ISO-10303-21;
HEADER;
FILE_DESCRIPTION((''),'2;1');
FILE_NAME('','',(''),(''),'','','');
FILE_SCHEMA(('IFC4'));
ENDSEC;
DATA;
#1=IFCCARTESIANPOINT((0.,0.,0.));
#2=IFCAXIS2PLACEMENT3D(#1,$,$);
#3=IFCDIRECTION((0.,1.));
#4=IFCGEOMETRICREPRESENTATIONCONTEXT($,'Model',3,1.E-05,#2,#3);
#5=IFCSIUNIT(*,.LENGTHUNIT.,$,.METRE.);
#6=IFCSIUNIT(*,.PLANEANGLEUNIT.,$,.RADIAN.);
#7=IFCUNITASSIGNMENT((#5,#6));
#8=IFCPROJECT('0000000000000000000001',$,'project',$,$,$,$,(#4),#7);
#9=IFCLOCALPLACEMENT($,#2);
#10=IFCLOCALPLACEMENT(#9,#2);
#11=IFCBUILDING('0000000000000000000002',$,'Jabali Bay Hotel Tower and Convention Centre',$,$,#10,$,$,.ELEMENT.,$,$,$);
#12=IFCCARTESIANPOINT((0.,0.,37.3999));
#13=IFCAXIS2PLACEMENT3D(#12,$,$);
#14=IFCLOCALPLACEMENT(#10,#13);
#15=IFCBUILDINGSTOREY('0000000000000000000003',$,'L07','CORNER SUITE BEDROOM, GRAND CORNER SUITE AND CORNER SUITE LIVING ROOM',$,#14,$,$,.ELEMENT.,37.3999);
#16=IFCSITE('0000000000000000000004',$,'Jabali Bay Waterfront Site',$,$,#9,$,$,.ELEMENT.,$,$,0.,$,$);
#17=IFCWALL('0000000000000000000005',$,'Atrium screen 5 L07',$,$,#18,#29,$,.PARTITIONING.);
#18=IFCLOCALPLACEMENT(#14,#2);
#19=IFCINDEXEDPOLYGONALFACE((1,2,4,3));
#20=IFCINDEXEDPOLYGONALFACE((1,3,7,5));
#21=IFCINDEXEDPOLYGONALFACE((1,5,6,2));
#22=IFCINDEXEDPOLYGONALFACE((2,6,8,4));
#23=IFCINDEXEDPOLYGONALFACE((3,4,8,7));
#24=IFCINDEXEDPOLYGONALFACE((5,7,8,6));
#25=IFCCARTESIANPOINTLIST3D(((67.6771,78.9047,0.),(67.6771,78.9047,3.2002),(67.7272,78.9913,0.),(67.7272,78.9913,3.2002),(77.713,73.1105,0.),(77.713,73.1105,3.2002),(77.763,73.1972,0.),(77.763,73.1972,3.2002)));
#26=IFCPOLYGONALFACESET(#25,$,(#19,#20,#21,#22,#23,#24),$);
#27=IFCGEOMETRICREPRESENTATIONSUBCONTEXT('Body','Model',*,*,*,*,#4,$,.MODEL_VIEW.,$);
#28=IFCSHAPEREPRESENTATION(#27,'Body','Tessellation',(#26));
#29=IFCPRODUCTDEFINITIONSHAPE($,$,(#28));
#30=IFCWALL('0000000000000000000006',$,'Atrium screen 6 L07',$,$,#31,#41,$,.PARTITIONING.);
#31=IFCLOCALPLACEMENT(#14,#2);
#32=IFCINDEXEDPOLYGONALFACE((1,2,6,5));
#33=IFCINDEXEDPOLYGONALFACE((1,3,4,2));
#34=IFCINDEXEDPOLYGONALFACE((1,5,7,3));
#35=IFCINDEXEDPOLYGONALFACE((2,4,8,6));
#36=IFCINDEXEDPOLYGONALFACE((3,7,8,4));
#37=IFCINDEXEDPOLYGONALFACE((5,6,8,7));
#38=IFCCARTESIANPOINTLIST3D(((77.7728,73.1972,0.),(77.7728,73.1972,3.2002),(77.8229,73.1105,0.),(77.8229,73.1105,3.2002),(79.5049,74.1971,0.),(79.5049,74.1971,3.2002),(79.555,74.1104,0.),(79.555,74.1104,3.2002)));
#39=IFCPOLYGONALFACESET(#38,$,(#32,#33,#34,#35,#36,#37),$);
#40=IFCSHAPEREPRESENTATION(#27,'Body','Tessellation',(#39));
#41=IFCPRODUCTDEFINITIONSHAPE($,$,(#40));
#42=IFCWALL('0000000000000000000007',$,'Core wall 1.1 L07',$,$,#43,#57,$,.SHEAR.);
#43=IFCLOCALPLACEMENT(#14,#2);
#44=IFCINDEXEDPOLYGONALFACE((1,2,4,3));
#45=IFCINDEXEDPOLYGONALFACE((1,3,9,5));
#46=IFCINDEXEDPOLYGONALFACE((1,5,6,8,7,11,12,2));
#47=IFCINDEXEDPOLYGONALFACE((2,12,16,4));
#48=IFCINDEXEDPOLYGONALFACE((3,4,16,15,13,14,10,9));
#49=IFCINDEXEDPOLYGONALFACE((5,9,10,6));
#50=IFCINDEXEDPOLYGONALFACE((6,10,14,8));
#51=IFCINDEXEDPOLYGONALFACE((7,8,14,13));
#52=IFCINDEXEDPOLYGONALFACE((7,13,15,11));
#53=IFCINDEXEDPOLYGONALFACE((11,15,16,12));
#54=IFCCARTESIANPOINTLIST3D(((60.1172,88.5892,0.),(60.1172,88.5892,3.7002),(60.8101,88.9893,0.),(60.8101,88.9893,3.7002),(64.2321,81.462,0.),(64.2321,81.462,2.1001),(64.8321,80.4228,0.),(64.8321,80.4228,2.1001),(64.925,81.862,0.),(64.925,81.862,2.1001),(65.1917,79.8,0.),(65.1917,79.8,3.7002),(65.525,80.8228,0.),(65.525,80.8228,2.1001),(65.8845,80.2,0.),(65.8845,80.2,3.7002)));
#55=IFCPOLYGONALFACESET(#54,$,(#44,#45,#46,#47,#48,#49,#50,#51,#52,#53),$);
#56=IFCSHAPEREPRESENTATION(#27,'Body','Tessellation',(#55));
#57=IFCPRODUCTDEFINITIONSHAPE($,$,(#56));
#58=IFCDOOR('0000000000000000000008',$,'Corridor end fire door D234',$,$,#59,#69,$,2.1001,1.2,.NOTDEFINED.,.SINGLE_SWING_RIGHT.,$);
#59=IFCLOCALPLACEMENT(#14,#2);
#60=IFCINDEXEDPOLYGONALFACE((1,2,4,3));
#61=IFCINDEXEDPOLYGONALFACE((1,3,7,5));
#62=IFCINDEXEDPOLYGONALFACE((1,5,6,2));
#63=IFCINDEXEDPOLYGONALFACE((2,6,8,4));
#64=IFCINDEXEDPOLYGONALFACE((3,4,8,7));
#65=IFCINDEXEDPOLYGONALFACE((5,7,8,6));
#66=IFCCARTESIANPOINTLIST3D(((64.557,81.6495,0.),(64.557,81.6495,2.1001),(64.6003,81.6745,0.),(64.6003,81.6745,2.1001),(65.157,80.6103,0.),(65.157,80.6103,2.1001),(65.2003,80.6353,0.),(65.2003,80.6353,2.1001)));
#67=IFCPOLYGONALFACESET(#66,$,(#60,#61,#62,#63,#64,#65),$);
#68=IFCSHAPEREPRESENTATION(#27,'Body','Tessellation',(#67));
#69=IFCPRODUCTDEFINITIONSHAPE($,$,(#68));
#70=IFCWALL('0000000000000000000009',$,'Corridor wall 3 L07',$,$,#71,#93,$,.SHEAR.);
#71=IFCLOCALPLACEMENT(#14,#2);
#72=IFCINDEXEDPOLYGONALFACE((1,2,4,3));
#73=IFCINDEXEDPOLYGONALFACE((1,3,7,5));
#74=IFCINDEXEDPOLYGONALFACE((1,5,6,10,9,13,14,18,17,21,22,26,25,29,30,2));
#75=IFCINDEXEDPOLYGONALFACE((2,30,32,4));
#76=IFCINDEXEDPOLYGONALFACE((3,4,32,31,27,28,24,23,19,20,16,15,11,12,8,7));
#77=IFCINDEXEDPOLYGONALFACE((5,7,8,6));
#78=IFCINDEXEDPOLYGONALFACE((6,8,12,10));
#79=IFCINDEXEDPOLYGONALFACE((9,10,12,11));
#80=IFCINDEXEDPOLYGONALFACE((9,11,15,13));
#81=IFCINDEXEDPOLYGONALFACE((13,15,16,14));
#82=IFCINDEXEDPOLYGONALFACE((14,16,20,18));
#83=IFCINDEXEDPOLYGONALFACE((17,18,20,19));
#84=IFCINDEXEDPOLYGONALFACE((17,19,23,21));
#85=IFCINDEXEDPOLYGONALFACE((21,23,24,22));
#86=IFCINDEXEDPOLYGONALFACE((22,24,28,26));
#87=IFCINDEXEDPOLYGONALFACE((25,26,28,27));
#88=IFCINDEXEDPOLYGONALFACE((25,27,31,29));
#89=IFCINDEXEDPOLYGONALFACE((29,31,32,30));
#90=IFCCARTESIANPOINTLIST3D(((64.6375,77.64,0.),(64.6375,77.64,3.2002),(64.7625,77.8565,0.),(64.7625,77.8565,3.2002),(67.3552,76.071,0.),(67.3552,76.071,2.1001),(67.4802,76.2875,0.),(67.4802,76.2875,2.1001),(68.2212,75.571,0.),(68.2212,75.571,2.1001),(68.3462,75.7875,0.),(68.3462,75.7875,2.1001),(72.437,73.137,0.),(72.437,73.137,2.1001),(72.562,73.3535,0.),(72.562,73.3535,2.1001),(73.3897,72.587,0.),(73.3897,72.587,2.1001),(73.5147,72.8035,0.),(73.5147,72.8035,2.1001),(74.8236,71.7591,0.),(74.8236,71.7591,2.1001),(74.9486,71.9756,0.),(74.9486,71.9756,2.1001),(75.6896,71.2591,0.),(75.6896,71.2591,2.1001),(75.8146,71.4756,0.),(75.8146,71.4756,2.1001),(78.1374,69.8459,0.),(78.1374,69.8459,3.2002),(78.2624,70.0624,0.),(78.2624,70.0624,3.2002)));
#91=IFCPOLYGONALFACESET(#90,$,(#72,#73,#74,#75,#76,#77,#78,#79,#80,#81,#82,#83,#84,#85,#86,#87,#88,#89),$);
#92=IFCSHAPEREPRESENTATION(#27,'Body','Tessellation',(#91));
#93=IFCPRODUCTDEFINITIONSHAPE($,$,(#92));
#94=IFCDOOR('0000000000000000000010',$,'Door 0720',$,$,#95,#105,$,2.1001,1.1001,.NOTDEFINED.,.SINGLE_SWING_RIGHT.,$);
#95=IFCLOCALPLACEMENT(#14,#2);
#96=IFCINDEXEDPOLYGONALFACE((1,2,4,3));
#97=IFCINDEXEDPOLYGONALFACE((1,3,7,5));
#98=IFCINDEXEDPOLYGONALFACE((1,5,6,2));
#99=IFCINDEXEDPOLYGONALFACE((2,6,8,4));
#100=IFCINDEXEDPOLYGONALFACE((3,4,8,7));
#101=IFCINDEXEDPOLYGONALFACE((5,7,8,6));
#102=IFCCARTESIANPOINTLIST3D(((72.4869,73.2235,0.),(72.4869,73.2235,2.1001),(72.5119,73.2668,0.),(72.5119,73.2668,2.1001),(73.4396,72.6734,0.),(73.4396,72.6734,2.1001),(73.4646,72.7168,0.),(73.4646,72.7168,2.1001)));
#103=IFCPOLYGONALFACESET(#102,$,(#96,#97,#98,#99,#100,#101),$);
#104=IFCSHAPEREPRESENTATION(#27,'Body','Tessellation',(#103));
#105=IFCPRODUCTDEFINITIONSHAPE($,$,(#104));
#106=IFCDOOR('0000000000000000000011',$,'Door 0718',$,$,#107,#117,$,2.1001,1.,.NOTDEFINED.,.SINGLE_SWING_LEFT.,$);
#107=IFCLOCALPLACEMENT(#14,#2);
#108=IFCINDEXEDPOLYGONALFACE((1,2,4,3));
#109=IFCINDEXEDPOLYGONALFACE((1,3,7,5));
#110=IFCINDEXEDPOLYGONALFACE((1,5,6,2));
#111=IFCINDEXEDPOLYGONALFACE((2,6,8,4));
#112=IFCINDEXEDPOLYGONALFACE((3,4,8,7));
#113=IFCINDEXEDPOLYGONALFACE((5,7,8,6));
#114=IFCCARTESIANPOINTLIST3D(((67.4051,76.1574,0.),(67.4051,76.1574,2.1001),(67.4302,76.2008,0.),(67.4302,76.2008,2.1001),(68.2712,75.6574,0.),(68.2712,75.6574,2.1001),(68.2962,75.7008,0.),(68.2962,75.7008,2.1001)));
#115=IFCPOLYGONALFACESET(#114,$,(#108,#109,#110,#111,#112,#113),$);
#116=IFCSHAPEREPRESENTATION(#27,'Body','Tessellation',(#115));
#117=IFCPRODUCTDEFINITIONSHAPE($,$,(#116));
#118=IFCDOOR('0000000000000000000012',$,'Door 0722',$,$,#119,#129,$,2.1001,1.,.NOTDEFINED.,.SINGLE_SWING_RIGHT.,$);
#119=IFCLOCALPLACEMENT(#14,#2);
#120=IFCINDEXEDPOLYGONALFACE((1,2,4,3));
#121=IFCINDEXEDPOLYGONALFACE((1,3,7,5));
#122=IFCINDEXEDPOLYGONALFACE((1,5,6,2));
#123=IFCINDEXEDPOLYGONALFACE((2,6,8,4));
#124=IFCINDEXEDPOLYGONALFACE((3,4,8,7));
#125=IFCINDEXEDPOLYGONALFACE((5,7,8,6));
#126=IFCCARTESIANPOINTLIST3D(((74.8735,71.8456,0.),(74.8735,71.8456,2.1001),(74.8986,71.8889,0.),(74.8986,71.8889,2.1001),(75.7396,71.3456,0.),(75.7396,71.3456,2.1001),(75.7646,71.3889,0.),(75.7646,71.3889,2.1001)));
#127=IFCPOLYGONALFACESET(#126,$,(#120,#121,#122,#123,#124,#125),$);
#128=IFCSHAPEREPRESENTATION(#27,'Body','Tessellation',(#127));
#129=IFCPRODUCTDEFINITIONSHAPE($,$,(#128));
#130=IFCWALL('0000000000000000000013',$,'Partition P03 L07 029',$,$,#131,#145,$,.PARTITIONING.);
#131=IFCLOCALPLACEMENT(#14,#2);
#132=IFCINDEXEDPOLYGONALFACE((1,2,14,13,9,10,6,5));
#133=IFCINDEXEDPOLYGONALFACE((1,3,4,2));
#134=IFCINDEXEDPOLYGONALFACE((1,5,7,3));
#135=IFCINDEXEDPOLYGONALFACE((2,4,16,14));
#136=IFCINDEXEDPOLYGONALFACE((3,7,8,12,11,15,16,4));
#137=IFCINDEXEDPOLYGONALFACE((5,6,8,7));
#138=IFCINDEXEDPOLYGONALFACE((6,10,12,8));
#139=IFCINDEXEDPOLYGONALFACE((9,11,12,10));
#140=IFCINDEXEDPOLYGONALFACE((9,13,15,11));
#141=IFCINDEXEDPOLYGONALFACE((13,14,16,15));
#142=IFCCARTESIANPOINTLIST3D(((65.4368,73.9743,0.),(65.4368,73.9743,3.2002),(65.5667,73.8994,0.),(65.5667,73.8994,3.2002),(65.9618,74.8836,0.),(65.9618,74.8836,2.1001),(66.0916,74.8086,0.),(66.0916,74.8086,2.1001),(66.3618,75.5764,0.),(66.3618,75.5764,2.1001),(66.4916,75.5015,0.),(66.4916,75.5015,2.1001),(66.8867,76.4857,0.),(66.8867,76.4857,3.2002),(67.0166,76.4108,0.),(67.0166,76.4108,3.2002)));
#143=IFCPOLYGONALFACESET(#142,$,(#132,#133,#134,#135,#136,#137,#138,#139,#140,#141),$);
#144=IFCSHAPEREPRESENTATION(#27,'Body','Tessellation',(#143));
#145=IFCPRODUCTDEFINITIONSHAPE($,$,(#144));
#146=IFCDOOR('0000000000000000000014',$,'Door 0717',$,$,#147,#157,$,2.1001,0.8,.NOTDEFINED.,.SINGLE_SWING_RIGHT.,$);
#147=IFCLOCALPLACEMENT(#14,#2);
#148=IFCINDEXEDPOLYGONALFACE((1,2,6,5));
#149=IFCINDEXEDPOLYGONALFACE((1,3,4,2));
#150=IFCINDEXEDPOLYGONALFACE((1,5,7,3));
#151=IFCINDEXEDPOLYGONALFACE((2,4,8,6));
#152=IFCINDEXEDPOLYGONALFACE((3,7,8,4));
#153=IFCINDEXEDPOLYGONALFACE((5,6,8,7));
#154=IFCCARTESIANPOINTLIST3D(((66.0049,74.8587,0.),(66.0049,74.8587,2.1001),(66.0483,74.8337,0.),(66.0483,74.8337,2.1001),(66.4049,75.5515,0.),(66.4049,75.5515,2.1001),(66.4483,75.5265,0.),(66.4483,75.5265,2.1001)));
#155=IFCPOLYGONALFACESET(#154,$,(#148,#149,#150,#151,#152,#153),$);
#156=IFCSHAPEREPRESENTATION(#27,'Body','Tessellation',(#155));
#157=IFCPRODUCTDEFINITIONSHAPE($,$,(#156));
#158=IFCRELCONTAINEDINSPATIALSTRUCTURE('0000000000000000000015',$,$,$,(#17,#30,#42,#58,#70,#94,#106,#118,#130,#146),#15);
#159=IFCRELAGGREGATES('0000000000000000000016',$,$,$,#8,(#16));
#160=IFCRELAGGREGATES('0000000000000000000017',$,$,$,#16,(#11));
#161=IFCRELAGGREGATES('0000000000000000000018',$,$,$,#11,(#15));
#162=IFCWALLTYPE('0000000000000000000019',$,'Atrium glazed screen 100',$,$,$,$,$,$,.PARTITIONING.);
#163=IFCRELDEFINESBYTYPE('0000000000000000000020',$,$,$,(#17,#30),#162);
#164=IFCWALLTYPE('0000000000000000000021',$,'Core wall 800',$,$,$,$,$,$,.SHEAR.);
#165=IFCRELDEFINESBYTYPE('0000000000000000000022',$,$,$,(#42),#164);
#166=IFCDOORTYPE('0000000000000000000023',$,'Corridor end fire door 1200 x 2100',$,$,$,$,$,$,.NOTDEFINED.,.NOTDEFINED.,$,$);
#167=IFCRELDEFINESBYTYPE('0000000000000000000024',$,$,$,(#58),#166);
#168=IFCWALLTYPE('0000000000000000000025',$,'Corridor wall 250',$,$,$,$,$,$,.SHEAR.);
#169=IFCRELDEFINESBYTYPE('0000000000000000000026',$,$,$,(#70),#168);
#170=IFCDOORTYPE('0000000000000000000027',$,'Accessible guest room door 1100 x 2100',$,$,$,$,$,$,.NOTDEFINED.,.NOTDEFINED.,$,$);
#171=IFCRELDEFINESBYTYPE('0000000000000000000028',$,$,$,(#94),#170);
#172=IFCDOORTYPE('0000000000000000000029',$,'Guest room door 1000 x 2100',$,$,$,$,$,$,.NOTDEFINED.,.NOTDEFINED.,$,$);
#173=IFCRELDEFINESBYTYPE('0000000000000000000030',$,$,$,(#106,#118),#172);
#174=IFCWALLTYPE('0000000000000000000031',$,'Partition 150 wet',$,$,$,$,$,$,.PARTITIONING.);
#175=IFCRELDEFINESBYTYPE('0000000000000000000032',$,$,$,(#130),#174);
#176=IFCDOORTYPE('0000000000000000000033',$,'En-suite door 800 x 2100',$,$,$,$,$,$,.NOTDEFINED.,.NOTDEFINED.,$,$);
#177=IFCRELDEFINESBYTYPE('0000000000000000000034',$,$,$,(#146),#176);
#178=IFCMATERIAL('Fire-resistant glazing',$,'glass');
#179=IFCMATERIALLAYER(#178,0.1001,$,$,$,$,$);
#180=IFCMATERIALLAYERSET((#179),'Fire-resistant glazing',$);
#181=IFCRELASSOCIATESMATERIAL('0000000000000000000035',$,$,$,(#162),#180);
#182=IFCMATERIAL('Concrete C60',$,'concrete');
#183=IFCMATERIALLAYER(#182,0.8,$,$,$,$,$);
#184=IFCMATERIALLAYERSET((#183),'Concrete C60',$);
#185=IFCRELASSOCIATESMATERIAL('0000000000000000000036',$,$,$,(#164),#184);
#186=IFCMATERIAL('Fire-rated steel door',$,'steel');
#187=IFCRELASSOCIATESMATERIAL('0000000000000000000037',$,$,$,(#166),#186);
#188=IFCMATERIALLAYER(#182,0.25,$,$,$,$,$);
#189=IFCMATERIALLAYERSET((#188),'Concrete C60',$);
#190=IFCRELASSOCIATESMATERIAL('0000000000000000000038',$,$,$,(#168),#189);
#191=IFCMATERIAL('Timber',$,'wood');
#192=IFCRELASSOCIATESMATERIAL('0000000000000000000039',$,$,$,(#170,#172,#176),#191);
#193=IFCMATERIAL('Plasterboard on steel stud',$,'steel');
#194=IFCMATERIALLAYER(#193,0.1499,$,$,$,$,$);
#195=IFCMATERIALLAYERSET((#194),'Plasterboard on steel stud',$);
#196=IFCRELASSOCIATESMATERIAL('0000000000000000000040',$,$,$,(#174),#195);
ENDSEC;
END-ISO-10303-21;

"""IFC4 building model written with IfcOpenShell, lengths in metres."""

from ifc_helpers import new_model, si_unit, direction, frame, frame_2d, origin, place, context, subcontext, project, spatial, rectangle, extrude, material, layer, layer_set, type_object, element, fill, save


model = new_model("IFC4")

# Units and contexts
model_context = context("Model", 3, precision=1e-05, world=origin(), true_north=direction((0.0, 1.0)))
body_context = subcontext(model_context, "Body", "Model", "MODEL_VIEW")
ifc_project = project(units=[si_unit("LENGTHUNIT", "METRE"), si_unit("PLANEANGLEUNIT", "RADIAN")], contexts=[model_context])

# Site, building, storey
site_placement = place(None, origin())
site = spatial("IfcSite", under=ifc_project, at=site_placement, Name="Jabali Bay Waterfront Site", CompositionType="ELEMENT", RefElevation=0.0)
building_placement = place(site_placement, origin())
building = spatial("IfcBuilding", under=site, at=building_placement, Name="Jabali Bay Hotel Tower and Convention Centre", CompositionType="ELEMENT")
storey_placement = place(building_placement, frame((0.0, 0.0, 37.3999)))
storey = spatial("IfcBuildingStorey", under=building, at=storey_placement, Name="L07", Description="CORNER SUITE BEDROOM, GRAND CORNER SUITE AND CORNER SUITE LIVING ROOM", CompositionType="ELEMENT", Elevation=37.3999)

# Walls
ifc_material_1 = material(Name="Fire-resistant glazing", Category="glass")
ifc_layer_1 = layer(ifc_material_1, 0.1001)
ifc_layer_set_1 = layer_set([ifc_layer_1], Name="Fire-resistant glazing")
wall_type_1 = type_object("IfcWallType", Name="Atrium glazed screen 100", PredefinedType="PARTITIONING", material=ifc_layer_set_1)
wall_1_placement = place(storey_placement, frame((67.7021, 78.948, 0.0), z_axis=(0.0, 0.0, 1.0), x_axis=(0.866027, -0.499998, 0.0)))
element("IfcWall", 1, at=wall_1_placement, inside=storey, type_object=wall_type_1, Name="Atrium screen 5 L07", PredefinedType="PARTITIONING", context=body_context, shape_type="SweptSolid", body=[
    extrude(rectangle(XDim=11.5884, YDim=0.1001, at=frame_2d((5.7942, 0.0))), origin(), (0.0, 0.0, 1.0), 3.2002),
])
wall_2_placement = place(storey_placement, frame((77.7979, 73.1538, 0.0), z_axis=(0.0, 0.0, 1.0), x_axis=(0.866041, 0.499973, 0.0)))
element("IfcWall", 2, at=wall_2_placement, inside=storey, type_object=wall_type_1, Name="Atrium screen 6 L07", PredefinedType="PARTITIONING", context=body_context, shape_type="SweptSolid", body=[
    extrude(rectangle(XDim=2.0, YDim=0.1001, at=frame_2d((1.0, 0.0))), origin(), (0.0, 0.0, 1.0), 3.2002),
])

# Wall, opening, door
ifc_material_2 = material(Name="Concrete C60", Category="concrete")
ifc_layer_2 = layer(ifc_material_2, 0.8)
ifc_layer_set_2 = layer_set([ifc_layer_2], Name="Concrete C60")
wall_type_2 = type_object("IfcWallType", Name="Core wall 800", PredefinedType="SHEAR", material=ifc_layer_set_2)
wall_3_placement = place(storey_placement, frame((65.5381, 80.0, 0.0), z_axis=(0.0, 0.0, 1.0), x_axis=(-0.499997, 0.866027, 0.0)))
wall_3 = element("IfcWall", 3, at=wall_3_placement, inside=storey, type_object=wall_type_2, Name="Core wall 1.1 L07", PredefinedType="SHEAR", context=body_context, shape_type="SweptSolid", body=[
    extrude(rectangle(XDim=10.1489, YDim=0.8, at=frame_2d((5.0745, 0.0))), origin(), (0.0, 0.0, 1.0), 3.7002),
])
opening_1_placement = place(wall_3_placement, frame((0.719, 0.0, 0.0)))
opening_1 = element("IfcOpeningElement", 4, at=opening_1_placement, cuts=wall_3, PredefinedType="OPENING", context=body_context, shape_type="SweptSolid", body=[
    extrude(rectangle(XDim=1.2, YDim=2.1001, at=frame_2d((0.6001, 1.05))), frame((0.0, 0.4106, 0.0), z_axis=(0.0, -1.0, 0.0), x_axis=(1.0, 0.0, 0.0)), (0.0, 0.0, 1.0), 0.821),
])
ifc_material_3 = material(Name="Fire-rated steel door", Category="steel")
door_type_1 = type_object("IfcDoorType", Name="Corridor end fire door 1200 x 2100", OperationType="NOTDEFINED", PredefinedType="NOTDEFINED", material=ifc_material_3)
door_1_placement = place(opening_1_placement, origin())
door_1 = element("IfcDoor", 5, at=door_1_placement, inside=storey, type_object=door_type_1, Name="Corridor end fire door D234", OperationType="SINGLE_SWING_RIGHT", OverallHeight=2.1001, OverallWidth=1.2, PredefinedType="NOTDEFINED", context=body_context, shape_type="SweptSolid", body=[
    extrude(rectangle(XDim=1.2, YDim=2.1001, at=frame_2d((0.6001, 1.05))), frame((0.0, 0.0249, 0.0), z_axis=(0.0, -1.0, 0.0), x_axis=(1.0, 0.0, 0.0)), (0.0, 0.0, 1.0), 0.05),
])
fill(opening_1, door_1)

# Wall, openings, doors
ifc_layer_3 = layer(ifc_material_2, 0.25)
ifc_layer_set_3 = layer_set([ifc_layer_3], Name="Concrete C60")
wall_type_3 = type_object("IfcWallType", Name="Corridor wall 250", PredefinedType="SHEAR", material=ifc_layer_set_3)
wall_4_placement = place(storey_placement, frame((64.7, 77.7483, 0.0), z_axis=(0.0, 0.0, 1.0), x_axis=(0.866026, -0.499998, 0.0)))
wall_4 = element("IfcWall", 6, at=wall_4_placement, inside=storey, type_object=wall_type_3, Name="Corridor wall 3 L07", PredefinedType="SHEAR", context=body_context, shape_type="SweptSolid", body=[
    extrude(rectangle(XDim=15.5884, YDim=0.25, at=frame_2d((7.7942, 0.0))), origin(), (0.0, 0.0, 1.0), 3.2002),
])
opening_2_placement = place(wall_4_placement, frame((3.1382, 0.0, 0.0)))
opening_2 = element("IfcOpeningElement", 7, at=opening_2_placement, cuts=wall_4, PredefinedType="OPENING", context=body_context, shape_type="SweptSolid", body=[
    extrude(rectangle(XDim=1.0, YDim=2.1001, at=frame_2d((0.5, 1.05))), frame((0.0, 0.1355, 0.0), z_axis=(0.0, -1.0, 0.0), x_axis=(1.0, 0.0, 0.0)), (0.0, 0.0, 1.0), 0.271),
])
opening_3_placement = place(wall_4_placement, frame((9.0061, 0.0, 0.0)))
opening_3 = element("IfcOpeningElement", 8, at=opening_3_placement, cuts=wall_4, PredefinedType="OPENING", context=body_context, shape_type="SweptSolid", body=[
    extrude(rectangle(XDim=1.1001, YDim=2.1001, at=frame_2d((0.55, 1.05))), frame((0.0, 0.1355, 0.0), z_axis=(0.0, -1.0, 0.0), x_axis=(1.0, 0.0, 0.0)), (0.0, 0.0, 1.0), 0.271),
])
opening_4_placement = place(wall_4_placement, frame((11.762, 0.0, 0.0)))
opening_4 = element("IfcOpeningElement", 9, at=opening_4_placement, cuts=wall_4, PredefinedType="OPENING", context=body_context, shape_type="SweptSolid", body=[
    extrude(rectangle(XDim=1.0, YDim=2.1001, at=frame_2d((0.5, 1.05))), frame((0.0, 0.1355, 0.0), z_axis=(0.0, -1.0, 0.0), x_axis=(1.0, 0.0, 0.0)), (0.0, 0.0, 1.0), 0.271),
])
ifc_material_4 = material(Name="Timber", Category="wood")
door_type_2 = type_object("IfcDoorType", Name="Accessible guest room door 1100 x 2100", OperationType="NOTDEFINED", PredefinedType="NOTDEFINED", material=ifc_material_4)
door_2_placement = place(opening_3_placement, origin())
door_2 = element("IfcDoor", 10, at=door_2_placement, inside=storey, type_object=door_type_2, Name="Door 0720", OperationType="SINGLE_SWING_RIGHT", OverallHeight=2.1001, OverallWidth=1.1001, PredefinedType="NOTDEFINED", context=body_context, shape_type="SweptSolid", body=[
    extrude(rectangle(XDim=1.1001, YDim=2.1001, at=frame_2d((0.55, 1.05))), frame((0.0, 0.0249, 0.0), z_axis=(0.0, -1.0, 0.0), x_axis=(1.0, 0.0, 0.0)), (0.0, 0.0, 1.0), 0.05),
])
fill(opening_3, door_2)
door_type_3 = type_object("IfcDoorType", Name="Guest room door 1000 x 2100", OperationType="NOTDEFINED", PredefinedType="NOTDEFINED", material=ifc_material_4)
door_3_placement = place(opening_2_placement, origin())
door_3 = element("IfcDoor", 11, at=door_3_placement, inside=storey, type_object=door_type_3, Name="Door 0718", OperationType="SINGLE_SWING_LEFT", OverallHeight=2.1001, OverallWidth=1.0, PredefinedType="NOTDEFINED", context=body_context, shape_type="SweptSolid", body=[
    extrude(rectangle(XDim=1.0, YDim=2.1001, at=frame_2d((0.5, 1.05))), frame((0.0, 0.0249, 0.0), z_axis=(0.0, -1.0, 0.0), x_axis=(1.0, 0.0, 0.0)), (0.0, 0.0, 1.0), 0.05),
])
fill(opening_2, door_3)
door_4_placement = place(opening_4_placement, origin())
door_4 = element("IfcDoor", 12, at=door_4_placement, inside=storey, type_object=door_type_3, Name="Door 0722", OperationType="SINGLE_SWING_RIGHT", OverallHeight=2.1001, OverallWidth=1.0, PredefinedType="NOTDEFINED", context=body_context, shape_type="SweptSolid", body=[
    extrude(rectangle(XDim=1.0, YDim=2.1001, at=frame_2d((0.5, 1.05))), frame((0.0, 0.0249, 0.0), z_axis=(0.0, -1.0, 0.0), x_axis=(1.0, 0.0, 0.0)), (0.0, 0.0, 1.0), 0.05),
])
fill(opening_4, door_4)

# Wall, opening, door
ifc_material_5 = material(Name="Plasterboard on steel stud", Category="steel")
ifc_layer_4 = layer(ifc_material_5, 0.1499)
ifc_layer_set_4 = layer_set([ifc_layer_4], Name="Plasterboard on steel stud")
wall_type_4 = type_object("IfcWallType", Name="Partition 150 wet", PredefinedType="PARTITIONING", material=ifc_layer_set_4)
wall_5_placement = place(storey_placement, frame((66.9517, 76.4482, 0.0), z_axis=(0.0, 0.0, 1.0), x_axis=(-0.499987, -0.866033, 0.0)))
wall_5 = element("IfcWall", 13, at=wall_5_placement, inside=storey, type_object=wall_type_4, Name="Partition P03 L07 029", PredefinedType="PARTITIONING", context=body_context, shape_type="SweptSolid", body=[
    extrude(rectangle(XDim=2.8999, YDim=0.1499, at=frame_2d((1.45, 0.0))), origin(), (0.0, 0.0, 1.0), 3.2002),
])
opening_5_placement = place(wall_5_placement, frame((1.05, 0.0, 0.0)))
opening_5 = element("IfcOpeningElement", 14, at=opening_5_placement, cuts=wall_5, PredefinedType="OPENING", context=body_context, shape_type="SweptSolid", body=[
    extrude(rectangle(XDim=0.8, YDim=2.1001, at=frame_2d((0.3999, 1.05))), frame((0.0, 0.0854, 0.0), z_axis=(0.0, -1.0, 0.0), x_axis=(1.0, 0.0, 0.0)), (0.0, 0.0, 1.0), 0.1709),
])
door_type_4 = type_object("IfcDoorType", Name="En-suite door 800 x 2100", OperationType="NOTDEFINED", PredefinedType="NOTDEFINED", material=ifc_material_4)
door_5_placement = place(opening_5_placement, origin())
door_5 = element("IfcDoor", 15, at=door_5_placement, inside=storey, type_object=door_type_4, Name="Door 0717", OperationType="SINGLE_SWING_RIGHT", OverallHeight=2.1001, OverallWidth=0.8, PredefinedType="NOTDEFINED", context=body_context, shape_type="SweptSolid", body=[
    extrude(rectangle(XDim=0.8, YDim=2.1001, at=frame_2d((0.3999, 1.05))), frame((0.0, 0.0249, 0.0), z_axis=(0.0, -1.0, 0.0), x_axis=(1.0, 0.0, 0.0)), (0.0, 0.0, 1.0), 0.05),
])
fill(opening_5, door_5)

save(model, "model.ifc")
